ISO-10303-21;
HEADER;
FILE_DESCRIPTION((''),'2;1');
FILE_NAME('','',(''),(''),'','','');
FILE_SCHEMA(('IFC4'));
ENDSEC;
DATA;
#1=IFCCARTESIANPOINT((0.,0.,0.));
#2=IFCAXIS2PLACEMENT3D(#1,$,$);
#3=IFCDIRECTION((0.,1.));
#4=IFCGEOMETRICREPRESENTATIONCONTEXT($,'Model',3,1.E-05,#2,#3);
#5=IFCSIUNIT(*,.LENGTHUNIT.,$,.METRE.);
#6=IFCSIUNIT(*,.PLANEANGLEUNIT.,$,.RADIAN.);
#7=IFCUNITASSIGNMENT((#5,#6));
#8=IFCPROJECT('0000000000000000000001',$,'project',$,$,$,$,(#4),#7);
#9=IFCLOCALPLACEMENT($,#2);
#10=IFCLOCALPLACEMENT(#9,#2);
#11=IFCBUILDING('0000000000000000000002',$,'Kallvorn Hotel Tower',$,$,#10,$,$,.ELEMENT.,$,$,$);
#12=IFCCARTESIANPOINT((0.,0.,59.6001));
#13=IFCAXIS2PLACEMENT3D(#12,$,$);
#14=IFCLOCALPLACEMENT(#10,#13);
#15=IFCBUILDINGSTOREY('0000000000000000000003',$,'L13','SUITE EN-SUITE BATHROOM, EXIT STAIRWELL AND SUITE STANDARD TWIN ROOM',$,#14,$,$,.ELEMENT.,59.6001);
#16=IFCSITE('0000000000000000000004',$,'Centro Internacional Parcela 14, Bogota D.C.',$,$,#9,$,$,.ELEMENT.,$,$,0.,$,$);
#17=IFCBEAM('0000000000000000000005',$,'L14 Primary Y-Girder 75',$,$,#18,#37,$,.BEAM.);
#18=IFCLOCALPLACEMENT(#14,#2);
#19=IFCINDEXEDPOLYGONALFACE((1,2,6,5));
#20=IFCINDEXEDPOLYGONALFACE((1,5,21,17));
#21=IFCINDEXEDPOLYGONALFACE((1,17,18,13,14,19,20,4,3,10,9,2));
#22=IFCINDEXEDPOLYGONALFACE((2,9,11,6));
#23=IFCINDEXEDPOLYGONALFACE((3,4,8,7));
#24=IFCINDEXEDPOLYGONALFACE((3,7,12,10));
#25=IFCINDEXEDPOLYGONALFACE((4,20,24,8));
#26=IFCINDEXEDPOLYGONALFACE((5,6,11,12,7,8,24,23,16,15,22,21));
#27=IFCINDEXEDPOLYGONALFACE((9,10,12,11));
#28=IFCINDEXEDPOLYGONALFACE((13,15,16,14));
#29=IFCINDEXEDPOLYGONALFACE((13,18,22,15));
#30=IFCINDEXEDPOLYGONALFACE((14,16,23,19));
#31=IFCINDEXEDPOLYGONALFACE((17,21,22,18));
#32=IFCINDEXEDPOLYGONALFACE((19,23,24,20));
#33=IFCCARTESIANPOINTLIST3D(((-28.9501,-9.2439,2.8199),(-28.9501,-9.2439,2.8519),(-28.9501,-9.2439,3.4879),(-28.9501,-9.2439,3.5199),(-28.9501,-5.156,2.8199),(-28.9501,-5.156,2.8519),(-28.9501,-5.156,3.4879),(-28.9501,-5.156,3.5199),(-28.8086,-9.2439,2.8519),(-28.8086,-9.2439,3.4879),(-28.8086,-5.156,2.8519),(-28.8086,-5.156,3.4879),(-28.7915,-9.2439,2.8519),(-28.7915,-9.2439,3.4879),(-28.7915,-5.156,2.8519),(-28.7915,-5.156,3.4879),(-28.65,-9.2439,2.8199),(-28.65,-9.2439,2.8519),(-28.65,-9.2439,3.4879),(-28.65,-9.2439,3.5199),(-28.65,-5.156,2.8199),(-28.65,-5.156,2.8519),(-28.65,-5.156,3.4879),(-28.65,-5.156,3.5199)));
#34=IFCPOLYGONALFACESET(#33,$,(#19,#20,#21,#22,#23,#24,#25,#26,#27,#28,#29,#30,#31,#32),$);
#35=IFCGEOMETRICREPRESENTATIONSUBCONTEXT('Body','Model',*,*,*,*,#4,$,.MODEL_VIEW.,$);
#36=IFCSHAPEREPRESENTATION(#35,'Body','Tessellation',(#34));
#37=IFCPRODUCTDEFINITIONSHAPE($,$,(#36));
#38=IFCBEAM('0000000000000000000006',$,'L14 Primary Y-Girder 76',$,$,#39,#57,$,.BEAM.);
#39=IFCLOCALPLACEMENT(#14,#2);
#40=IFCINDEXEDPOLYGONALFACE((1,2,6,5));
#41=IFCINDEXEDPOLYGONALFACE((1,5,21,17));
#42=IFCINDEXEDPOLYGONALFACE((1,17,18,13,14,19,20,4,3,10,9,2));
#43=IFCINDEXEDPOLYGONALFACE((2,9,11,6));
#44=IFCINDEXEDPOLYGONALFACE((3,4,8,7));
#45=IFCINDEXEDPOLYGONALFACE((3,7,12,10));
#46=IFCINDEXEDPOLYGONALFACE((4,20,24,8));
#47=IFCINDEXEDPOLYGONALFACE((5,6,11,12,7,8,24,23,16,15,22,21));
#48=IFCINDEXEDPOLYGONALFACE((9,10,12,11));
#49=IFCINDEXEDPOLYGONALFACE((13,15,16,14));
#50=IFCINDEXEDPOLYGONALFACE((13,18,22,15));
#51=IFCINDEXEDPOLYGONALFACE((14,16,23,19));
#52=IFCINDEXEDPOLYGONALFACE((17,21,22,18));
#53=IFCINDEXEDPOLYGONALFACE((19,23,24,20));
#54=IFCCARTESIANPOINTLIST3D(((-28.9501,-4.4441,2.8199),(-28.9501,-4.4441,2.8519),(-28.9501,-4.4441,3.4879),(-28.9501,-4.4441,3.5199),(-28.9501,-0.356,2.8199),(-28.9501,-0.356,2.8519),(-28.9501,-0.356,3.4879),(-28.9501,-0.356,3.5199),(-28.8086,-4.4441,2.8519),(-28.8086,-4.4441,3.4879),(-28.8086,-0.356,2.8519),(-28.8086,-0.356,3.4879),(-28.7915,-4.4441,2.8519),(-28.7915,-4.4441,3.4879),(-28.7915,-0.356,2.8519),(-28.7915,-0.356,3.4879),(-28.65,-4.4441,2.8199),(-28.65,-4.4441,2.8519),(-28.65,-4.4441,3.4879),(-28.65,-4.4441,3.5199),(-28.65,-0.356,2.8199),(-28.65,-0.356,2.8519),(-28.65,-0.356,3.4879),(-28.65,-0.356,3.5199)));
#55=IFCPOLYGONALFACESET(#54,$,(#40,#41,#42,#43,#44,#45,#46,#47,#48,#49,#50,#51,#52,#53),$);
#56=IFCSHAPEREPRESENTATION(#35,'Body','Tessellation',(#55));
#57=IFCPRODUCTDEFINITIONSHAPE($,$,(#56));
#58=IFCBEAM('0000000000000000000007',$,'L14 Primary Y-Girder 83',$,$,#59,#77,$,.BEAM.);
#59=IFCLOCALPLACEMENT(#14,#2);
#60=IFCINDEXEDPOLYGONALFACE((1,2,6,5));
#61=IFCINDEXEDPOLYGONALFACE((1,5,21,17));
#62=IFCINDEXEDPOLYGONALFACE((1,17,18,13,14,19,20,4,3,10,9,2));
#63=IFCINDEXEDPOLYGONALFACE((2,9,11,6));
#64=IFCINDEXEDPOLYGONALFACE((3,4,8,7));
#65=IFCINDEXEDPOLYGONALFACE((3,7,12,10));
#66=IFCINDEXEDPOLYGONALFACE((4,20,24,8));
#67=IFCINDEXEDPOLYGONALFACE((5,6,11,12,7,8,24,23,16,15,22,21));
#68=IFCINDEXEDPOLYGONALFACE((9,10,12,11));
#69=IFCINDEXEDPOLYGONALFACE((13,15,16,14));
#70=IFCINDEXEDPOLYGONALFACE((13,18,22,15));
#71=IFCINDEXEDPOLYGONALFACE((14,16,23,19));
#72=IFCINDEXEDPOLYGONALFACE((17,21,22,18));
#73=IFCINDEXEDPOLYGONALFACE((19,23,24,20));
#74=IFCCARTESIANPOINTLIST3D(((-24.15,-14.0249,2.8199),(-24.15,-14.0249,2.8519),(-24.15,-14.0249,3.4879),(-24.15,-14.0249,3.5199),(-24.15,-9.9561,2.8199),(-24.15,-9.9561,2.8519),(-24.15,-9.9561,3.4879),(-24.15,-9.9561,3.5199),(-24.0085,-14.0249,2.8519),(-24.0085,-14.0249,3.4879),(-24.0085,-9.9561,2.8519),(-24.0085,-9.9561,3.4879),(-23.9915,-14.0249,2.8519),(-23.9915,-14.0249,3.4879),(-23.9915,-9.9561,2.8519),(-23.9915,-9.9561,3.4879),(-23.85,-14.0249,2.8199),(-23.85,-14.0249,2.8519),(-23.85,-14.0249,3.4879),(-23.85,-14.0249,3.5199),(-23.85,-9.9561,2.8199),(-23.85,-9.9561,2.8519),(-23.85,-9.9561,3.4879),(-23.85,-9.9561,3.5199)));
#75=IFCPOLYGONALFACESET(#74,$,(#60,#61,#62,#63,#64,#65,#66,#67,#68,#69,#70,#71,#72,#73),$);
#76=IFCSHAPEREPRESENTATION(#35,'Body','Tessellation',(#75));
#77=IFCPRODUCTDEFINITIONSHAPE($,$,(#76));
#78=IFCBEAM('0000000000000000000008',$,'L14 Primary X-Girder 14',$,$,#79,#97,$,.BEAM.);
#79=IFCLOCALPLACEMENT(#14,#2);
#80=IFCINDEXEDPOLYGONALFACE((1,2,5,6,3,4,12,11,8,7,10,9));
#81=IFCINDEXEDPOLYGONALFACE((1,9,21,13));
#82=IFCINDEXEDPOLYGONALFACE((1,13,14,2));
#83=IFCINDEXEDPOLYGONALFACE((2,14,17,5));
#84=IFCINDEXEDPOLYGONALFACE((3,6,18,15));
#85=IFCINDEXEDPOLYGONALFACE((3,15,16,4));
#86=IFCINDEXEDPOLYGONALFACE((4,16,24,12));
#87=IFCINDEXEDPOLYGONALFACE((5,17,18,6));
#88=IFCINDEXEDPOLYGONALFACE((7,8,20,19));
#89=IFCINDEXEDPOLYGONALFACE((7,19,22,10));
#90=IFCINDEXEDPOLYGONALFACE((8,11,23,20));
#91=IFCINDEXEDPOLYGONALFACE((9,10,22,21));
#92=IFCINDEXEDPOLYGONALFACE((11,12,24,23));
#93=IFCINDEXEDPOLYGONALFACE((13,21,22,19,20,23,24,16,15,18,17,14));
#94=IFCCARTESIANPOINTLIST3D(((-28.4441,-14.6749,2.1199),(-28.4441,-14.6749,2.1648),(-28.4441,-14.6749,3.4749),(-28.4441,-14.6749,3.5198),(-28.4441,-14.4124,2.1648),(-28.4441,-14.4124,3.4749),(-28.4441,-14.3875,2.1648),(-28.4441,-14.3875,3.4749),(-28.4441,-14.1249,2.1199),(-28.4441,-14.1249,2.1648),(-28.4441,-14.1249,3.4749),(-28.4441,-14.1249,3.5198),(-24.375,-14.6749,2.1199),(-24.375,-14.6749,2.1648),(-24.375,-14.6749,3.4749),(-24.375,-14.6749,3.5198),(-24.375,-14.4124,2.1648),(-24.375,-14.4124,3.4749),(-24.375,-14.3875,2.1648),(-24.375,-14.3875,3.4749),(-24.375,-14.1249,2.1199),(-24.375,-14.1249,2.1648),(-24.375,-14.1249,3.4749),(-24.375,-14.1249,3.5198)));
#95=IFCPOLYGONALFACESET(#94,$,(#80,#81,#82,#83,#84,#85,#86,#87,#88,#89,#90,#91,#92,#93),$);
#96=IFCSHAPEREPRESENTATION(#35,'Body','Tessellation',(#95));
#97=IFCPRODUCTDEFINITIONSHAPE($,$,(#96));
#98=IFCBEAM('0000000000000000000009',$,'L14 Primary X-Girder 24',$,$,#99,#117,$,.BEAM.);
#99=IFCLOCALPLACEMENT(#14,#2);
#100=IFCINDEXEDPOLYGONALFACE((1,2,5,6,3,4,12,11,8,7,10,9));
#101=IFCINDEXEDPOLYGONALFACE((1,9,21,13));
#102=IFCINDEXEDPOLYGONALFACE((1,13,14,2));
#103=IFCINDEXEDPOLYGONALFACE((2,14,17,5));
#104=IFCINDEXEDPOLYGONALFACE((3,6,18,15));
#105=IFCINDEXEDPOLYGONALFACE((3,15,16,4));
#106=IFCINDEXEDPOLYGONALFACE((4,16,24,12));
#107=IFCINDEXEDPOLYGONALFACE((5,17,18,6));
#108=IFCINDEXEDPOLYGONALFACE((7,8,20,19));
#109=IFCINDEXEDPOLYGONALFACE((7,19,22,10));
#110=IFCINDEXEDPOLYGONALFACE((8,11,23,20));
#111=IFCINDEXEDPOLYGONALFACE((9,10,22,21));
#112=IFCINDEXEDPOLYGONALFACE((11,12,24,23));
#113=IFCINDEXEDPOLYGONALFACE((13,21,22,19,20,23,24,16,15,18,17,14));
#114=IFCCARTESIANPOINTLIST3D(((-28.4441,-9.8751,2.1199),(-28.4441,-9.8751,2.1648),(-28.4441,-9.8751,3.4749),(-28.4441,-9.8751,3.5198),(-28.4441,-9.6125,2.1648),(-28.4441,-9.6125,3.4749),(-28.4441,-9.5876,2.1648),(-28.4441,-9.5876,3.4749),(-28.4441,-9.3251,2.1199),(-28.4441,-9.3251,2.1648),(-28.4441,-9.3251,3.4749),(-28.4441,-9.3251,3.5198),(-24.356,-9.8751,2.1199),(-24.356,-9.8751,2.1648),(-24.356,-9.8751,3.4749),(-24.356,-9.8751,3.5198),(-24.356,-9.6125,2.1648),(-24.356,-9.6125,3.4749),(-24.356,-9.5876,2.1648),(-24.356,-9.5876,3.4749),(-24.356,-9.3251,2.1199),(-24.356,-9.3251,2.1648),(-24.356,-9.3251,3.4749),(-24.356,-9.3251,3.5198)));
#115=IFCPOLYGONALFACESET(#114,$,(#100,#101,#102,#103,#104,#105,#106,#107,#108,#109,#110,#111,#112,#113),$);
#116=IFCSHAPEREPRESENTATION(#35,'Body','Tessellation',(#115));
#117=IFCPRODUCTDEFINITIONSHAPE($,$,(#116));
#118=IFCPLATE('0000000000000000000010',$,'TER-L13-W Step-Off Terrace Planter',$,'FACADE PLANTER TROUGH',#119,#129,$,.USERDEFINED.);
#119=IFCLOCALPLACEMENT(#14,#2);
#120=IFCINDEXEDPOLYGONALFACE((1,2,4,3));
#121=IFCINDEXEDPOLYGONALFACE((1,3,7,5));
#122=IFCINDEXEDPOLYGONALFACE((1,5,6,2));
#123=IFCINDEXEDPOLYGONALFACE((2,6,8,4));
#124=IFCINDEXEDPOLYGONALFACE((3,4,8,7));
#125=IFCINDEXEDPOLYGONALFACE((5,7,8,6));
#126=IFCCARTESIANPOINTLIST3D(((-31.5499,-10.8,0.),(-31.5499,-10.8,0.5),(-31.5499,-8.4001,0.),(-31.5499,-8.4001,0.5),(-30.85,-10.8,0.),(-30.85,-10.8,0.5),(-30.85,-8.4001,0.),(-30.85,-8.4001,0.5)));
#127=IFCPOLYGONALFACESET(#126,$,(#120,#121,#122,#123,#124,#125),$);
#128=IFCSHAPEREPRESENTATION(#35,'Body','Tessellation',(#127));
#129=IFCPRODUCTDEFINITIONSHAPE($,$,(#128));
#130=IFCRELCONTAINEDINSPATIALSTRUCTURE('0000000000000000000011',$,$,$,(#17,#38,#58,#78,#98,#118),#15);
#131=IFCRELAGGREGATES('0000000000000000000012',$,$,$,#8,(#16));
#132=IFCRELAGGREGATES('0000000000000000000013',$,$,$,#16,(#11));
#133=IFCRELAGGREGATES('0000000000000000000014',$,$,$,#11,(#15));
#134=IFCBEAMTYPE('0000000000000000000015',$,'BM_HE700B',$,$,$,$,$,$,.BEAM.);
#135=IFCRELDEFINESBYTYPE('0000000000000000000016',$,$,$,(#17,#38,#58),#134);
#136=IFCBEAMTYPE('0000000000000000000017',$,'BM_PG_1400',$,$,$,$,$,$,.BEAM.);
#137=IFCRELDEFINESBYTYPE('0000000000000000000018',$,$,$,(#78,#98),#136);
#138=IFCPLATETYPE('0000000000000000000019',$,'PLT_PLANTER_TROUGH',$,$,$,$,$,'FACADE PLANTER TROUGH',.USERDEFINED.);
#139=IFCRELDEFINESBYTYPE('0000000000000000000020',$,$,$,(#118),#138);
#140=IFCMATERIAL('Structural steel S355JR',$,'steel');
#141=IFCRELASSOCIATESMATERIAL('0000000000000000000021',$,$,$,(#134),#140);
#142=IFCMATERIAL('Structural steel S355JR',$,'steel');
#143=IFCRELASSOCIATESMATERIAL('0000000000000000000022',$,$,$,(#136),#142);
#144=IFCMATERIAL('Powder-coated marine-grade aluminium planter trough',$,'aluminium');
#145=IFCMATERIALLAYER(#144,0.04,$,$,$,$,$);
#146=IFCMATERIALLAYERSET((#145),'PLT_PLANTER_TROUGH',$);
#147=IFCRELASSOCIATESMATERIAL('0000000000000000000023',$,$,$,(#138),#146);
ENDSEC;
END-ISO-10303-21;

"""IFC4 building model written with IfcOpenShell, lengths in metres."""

from ifc_helpers import new_model, si_unit, direction, frame, origin, origin_2d, place, context, subcontext, project, spatial, rectangle, i_section, extrude, material, layer, layer_set, material_profile, profile_set, type_object, element, save


model = new_model("IFC4")

# Units and contexts
model_context = context("Model", 3, precision=1e-05, world=origin(), true_north=direction((0.0, 1.0)))
body_context = subcontext(model_context, "Body", "Model", "MODEL_VIEW")
ifc_project = project(units=[si_unit("LENGTHUNIT", "METRE"), si_unit("PLANEANGLEUNIT", "RADIAN")], contexts=[model_context])

# Site, building, storey
site_placement = place(None, origin())
site = spatial("IfcSite", under=ifc_project, at=site_placement, Name="Centro Internacional Parcela 14, Bogota D.C.", CompositionType="ELEMENT", RefElevation=0.0)
building_placement = place(site_placement, origin())
building = spatial("IfcBuilding", under=site, at=building_placement, Name="Kallvorn Hotel Tower", CompositionType="ELEMENT")
storey_placement = place(building_placement, frame((0.0, 0.0, 59.6001)))
storey = spatial("IfcBuildingStorey", under=building, at=storey_placement, Name="L13", Description="SUITE EN-SUITE BATHROOM, EXIT STAIRWELL AND SUITE STANDARD TWIN ROOM", CompositionType="ELEMENT", Elevation=59.6001)

# Beams
ifc_material_1 = material(Name="Structural steel S355JR", Category="steel")
ifc_material_profile_1 = material_profile(ifc_material_1, i_section(OverallWidth=0.3, OverallDepth=0.7, WebThickness=0.0171, FlangeThickness=0.032, at=origin_2d()), Name="HE 700 B")
ifc_profile_set_1 = profile_set([ifc_material_profile_1], Name="Structural steel S355JR")
beam_type_1 = type_object("IfcBeamType", Name="BM_HE700B", PredefinedType="BEAM", material=ifc_profile_set_1)
for number, where, z_axis, x_axis, name in (
    (1, (-28.8, -9.2439, 3.1699), (0.0, 1.0, 0.0), (-1.0, 0.0, 0.0), "L14 Primary Y-Girder 75"),
):
    element("IfcBeam", number, at=place(storey_placement, frame(where, z_axis=z_axis, x_axis=x_axis)), inside=storey, type_object=beam_type_1, Name=name, PredefinedType="BEAM", context=body_context, shape_type="SweptSolid", body=[
        extrude(i_section(OverallWidth=0.3, OverallDepth=0.7, WebThickness=0.0171, FlangeThickness=0.032, at=origin_2d()), origin(), (0.0, 0.0, 1.0), 4.0879),
    ])
beam_1_placement = place(storey_placement, frame((-28.8, -4.4441, 3.1699), z_axis=(0.0, 1.0, 0.0), x_axis=(-1.0, 0.0, 0.0)))
element("IfcBeam", 2, at=beam_1_placement, inside=storey, type_object=beam_type_1, Name="L14 Primary Y-Girder 76", PredefinedType="BEAM", context=body_context, shape_type="SweptSolid", body=[
    extrude(i_section(OverallWidth=0.3, OverallDepth=0.7, WebThickness=0.0171, FlangeThickness=0.032, at=origin_2d()), origin(), (0.0, 0.0, 1.0), 4.0881),
])
beam_2_placement = place(storey_placement, frame((-24.0, -14.0249, 3.1699), z_axis=(0.0, 1.0, 0.0), x_axis=(-1.0, 0.0, 0.0)))
element("IfcBeam", 3, at=beam_2_placement, inside=storey, type_object=beam_type_1, Name="L14 Primary Y-Girder 83", PredefinedType="BEAM", context=body_context, shape_type="SweptSolid", body=[
    extrude(i_section(OverallWidth=0.3, OverallDepth=0.7, WebThickness=0.0171, FlangeThickness=0.032, at=origin_2d()), origin(), (0.0, 0.0, 1.0), 4.0688),
])
ifc_material_2 = material(Name="Structural steel S355JR", Category="steel")
ifc_material_profile_2 = material_profile(ifc_material_2, i_section(OverallWidth=0.55, OverallDepth=1.3999, WebThickness=0.0249, FlangeThickness=0.0449, at=origin_2d()), Name="PG 1400x550x25x45")
ifc_profile_set_2 = profile_set([ifc_material_profile_2], Name="Structural steel S355JR")
beam_type_2 = type_object("IfcBeamType", Name="BM_PG_1400", PredefinedType="BEAM", material=ifc_profile_set_2)
beam_3_placement = place(storey_placement, frame((-28.4441, -14.3999, 2.8198), z_axis=(1.0, 0.0, 0.0), x_axis=(0.0, 1.0, 0.0)))
element("IfcBeam", 4, at=beam_3_placement, inside=storey, type_object=beam_type_2, Name="L14 Primary X-Girder 14", PredefinedType="BEAM", context=body_context, shape_type="SweptSolid", body=[
    extrude(i_section(OverallWidth=0.55, OverallDepth=1.3999, WebThickness=0.0249, FlangeThickness=0.0449, at=origin_2d()), origin(), (0.0, 0.0, 1.0), 4.0691),
])
beam_4_placement = place(storey_placement, frame((-28.4441, -9.6001, 2.8198), z_axis=(1.0, 0.0, 0.0), x_axis=(0.0, 1.0, 0.0)))
element("IfcBeam", 5, at=beam_4_placement, inside=storey, type_object=beam_type_2, Name="L14 Primary X-Girder 24", PredefinedType="BEAM", context=body_context, shape_type="SweptSolid", body=[
    extrude(i_section(OverallWidth=0.55, OverallDepth=1.3999, WebThickness=0.0249, FlangeThickness=0.0449, at=origin_2d()), origin(), (0.0, 0.0, 1.0), 4.0881),
])

# Plate
ifc_material_3 = material(Name="Powder-coated marine-grade aluminium planter trough", Category="aluminium")
ifc_layer_1 = layer(ifc_material_3, 0.04)
ifc_layer_set_1 = layer_set([ifc_layer_1], Name="PLT_PLANTER_TROUGH")
plate_type = type_object("IfcPlateType", Name="PLT_PLANTER_TROUGH", ElementType="FACADE PLANTER TROUGH", PredefinedType="USERDEFINED", material=ifc_layer_set_1)
plate_placement = place(storey_placement, frame((-31.2, -9.6001, 0.0), z_axis=(0.0, 0.0, 1.0), x_axis=(0.0, 1.0, 0.0)))
element("IfcPlate", 6, at=plate_placement, inside=storey, type_object=plate_type, Name="TER-L13-W Step-Off Terrace Planter", ObjectType="FACADE PLANTER TROUGH", PredefinedType="USERDEFINED", context=body_context, shape_type="SweptSolid", body=[
    extrude(rectangle(XDim=2.3999, YDim=0.7, at=origin_2d()), origin(), (0.0, 0.0, 1.0), 0.5),
])

save(model, "model.ifc")
